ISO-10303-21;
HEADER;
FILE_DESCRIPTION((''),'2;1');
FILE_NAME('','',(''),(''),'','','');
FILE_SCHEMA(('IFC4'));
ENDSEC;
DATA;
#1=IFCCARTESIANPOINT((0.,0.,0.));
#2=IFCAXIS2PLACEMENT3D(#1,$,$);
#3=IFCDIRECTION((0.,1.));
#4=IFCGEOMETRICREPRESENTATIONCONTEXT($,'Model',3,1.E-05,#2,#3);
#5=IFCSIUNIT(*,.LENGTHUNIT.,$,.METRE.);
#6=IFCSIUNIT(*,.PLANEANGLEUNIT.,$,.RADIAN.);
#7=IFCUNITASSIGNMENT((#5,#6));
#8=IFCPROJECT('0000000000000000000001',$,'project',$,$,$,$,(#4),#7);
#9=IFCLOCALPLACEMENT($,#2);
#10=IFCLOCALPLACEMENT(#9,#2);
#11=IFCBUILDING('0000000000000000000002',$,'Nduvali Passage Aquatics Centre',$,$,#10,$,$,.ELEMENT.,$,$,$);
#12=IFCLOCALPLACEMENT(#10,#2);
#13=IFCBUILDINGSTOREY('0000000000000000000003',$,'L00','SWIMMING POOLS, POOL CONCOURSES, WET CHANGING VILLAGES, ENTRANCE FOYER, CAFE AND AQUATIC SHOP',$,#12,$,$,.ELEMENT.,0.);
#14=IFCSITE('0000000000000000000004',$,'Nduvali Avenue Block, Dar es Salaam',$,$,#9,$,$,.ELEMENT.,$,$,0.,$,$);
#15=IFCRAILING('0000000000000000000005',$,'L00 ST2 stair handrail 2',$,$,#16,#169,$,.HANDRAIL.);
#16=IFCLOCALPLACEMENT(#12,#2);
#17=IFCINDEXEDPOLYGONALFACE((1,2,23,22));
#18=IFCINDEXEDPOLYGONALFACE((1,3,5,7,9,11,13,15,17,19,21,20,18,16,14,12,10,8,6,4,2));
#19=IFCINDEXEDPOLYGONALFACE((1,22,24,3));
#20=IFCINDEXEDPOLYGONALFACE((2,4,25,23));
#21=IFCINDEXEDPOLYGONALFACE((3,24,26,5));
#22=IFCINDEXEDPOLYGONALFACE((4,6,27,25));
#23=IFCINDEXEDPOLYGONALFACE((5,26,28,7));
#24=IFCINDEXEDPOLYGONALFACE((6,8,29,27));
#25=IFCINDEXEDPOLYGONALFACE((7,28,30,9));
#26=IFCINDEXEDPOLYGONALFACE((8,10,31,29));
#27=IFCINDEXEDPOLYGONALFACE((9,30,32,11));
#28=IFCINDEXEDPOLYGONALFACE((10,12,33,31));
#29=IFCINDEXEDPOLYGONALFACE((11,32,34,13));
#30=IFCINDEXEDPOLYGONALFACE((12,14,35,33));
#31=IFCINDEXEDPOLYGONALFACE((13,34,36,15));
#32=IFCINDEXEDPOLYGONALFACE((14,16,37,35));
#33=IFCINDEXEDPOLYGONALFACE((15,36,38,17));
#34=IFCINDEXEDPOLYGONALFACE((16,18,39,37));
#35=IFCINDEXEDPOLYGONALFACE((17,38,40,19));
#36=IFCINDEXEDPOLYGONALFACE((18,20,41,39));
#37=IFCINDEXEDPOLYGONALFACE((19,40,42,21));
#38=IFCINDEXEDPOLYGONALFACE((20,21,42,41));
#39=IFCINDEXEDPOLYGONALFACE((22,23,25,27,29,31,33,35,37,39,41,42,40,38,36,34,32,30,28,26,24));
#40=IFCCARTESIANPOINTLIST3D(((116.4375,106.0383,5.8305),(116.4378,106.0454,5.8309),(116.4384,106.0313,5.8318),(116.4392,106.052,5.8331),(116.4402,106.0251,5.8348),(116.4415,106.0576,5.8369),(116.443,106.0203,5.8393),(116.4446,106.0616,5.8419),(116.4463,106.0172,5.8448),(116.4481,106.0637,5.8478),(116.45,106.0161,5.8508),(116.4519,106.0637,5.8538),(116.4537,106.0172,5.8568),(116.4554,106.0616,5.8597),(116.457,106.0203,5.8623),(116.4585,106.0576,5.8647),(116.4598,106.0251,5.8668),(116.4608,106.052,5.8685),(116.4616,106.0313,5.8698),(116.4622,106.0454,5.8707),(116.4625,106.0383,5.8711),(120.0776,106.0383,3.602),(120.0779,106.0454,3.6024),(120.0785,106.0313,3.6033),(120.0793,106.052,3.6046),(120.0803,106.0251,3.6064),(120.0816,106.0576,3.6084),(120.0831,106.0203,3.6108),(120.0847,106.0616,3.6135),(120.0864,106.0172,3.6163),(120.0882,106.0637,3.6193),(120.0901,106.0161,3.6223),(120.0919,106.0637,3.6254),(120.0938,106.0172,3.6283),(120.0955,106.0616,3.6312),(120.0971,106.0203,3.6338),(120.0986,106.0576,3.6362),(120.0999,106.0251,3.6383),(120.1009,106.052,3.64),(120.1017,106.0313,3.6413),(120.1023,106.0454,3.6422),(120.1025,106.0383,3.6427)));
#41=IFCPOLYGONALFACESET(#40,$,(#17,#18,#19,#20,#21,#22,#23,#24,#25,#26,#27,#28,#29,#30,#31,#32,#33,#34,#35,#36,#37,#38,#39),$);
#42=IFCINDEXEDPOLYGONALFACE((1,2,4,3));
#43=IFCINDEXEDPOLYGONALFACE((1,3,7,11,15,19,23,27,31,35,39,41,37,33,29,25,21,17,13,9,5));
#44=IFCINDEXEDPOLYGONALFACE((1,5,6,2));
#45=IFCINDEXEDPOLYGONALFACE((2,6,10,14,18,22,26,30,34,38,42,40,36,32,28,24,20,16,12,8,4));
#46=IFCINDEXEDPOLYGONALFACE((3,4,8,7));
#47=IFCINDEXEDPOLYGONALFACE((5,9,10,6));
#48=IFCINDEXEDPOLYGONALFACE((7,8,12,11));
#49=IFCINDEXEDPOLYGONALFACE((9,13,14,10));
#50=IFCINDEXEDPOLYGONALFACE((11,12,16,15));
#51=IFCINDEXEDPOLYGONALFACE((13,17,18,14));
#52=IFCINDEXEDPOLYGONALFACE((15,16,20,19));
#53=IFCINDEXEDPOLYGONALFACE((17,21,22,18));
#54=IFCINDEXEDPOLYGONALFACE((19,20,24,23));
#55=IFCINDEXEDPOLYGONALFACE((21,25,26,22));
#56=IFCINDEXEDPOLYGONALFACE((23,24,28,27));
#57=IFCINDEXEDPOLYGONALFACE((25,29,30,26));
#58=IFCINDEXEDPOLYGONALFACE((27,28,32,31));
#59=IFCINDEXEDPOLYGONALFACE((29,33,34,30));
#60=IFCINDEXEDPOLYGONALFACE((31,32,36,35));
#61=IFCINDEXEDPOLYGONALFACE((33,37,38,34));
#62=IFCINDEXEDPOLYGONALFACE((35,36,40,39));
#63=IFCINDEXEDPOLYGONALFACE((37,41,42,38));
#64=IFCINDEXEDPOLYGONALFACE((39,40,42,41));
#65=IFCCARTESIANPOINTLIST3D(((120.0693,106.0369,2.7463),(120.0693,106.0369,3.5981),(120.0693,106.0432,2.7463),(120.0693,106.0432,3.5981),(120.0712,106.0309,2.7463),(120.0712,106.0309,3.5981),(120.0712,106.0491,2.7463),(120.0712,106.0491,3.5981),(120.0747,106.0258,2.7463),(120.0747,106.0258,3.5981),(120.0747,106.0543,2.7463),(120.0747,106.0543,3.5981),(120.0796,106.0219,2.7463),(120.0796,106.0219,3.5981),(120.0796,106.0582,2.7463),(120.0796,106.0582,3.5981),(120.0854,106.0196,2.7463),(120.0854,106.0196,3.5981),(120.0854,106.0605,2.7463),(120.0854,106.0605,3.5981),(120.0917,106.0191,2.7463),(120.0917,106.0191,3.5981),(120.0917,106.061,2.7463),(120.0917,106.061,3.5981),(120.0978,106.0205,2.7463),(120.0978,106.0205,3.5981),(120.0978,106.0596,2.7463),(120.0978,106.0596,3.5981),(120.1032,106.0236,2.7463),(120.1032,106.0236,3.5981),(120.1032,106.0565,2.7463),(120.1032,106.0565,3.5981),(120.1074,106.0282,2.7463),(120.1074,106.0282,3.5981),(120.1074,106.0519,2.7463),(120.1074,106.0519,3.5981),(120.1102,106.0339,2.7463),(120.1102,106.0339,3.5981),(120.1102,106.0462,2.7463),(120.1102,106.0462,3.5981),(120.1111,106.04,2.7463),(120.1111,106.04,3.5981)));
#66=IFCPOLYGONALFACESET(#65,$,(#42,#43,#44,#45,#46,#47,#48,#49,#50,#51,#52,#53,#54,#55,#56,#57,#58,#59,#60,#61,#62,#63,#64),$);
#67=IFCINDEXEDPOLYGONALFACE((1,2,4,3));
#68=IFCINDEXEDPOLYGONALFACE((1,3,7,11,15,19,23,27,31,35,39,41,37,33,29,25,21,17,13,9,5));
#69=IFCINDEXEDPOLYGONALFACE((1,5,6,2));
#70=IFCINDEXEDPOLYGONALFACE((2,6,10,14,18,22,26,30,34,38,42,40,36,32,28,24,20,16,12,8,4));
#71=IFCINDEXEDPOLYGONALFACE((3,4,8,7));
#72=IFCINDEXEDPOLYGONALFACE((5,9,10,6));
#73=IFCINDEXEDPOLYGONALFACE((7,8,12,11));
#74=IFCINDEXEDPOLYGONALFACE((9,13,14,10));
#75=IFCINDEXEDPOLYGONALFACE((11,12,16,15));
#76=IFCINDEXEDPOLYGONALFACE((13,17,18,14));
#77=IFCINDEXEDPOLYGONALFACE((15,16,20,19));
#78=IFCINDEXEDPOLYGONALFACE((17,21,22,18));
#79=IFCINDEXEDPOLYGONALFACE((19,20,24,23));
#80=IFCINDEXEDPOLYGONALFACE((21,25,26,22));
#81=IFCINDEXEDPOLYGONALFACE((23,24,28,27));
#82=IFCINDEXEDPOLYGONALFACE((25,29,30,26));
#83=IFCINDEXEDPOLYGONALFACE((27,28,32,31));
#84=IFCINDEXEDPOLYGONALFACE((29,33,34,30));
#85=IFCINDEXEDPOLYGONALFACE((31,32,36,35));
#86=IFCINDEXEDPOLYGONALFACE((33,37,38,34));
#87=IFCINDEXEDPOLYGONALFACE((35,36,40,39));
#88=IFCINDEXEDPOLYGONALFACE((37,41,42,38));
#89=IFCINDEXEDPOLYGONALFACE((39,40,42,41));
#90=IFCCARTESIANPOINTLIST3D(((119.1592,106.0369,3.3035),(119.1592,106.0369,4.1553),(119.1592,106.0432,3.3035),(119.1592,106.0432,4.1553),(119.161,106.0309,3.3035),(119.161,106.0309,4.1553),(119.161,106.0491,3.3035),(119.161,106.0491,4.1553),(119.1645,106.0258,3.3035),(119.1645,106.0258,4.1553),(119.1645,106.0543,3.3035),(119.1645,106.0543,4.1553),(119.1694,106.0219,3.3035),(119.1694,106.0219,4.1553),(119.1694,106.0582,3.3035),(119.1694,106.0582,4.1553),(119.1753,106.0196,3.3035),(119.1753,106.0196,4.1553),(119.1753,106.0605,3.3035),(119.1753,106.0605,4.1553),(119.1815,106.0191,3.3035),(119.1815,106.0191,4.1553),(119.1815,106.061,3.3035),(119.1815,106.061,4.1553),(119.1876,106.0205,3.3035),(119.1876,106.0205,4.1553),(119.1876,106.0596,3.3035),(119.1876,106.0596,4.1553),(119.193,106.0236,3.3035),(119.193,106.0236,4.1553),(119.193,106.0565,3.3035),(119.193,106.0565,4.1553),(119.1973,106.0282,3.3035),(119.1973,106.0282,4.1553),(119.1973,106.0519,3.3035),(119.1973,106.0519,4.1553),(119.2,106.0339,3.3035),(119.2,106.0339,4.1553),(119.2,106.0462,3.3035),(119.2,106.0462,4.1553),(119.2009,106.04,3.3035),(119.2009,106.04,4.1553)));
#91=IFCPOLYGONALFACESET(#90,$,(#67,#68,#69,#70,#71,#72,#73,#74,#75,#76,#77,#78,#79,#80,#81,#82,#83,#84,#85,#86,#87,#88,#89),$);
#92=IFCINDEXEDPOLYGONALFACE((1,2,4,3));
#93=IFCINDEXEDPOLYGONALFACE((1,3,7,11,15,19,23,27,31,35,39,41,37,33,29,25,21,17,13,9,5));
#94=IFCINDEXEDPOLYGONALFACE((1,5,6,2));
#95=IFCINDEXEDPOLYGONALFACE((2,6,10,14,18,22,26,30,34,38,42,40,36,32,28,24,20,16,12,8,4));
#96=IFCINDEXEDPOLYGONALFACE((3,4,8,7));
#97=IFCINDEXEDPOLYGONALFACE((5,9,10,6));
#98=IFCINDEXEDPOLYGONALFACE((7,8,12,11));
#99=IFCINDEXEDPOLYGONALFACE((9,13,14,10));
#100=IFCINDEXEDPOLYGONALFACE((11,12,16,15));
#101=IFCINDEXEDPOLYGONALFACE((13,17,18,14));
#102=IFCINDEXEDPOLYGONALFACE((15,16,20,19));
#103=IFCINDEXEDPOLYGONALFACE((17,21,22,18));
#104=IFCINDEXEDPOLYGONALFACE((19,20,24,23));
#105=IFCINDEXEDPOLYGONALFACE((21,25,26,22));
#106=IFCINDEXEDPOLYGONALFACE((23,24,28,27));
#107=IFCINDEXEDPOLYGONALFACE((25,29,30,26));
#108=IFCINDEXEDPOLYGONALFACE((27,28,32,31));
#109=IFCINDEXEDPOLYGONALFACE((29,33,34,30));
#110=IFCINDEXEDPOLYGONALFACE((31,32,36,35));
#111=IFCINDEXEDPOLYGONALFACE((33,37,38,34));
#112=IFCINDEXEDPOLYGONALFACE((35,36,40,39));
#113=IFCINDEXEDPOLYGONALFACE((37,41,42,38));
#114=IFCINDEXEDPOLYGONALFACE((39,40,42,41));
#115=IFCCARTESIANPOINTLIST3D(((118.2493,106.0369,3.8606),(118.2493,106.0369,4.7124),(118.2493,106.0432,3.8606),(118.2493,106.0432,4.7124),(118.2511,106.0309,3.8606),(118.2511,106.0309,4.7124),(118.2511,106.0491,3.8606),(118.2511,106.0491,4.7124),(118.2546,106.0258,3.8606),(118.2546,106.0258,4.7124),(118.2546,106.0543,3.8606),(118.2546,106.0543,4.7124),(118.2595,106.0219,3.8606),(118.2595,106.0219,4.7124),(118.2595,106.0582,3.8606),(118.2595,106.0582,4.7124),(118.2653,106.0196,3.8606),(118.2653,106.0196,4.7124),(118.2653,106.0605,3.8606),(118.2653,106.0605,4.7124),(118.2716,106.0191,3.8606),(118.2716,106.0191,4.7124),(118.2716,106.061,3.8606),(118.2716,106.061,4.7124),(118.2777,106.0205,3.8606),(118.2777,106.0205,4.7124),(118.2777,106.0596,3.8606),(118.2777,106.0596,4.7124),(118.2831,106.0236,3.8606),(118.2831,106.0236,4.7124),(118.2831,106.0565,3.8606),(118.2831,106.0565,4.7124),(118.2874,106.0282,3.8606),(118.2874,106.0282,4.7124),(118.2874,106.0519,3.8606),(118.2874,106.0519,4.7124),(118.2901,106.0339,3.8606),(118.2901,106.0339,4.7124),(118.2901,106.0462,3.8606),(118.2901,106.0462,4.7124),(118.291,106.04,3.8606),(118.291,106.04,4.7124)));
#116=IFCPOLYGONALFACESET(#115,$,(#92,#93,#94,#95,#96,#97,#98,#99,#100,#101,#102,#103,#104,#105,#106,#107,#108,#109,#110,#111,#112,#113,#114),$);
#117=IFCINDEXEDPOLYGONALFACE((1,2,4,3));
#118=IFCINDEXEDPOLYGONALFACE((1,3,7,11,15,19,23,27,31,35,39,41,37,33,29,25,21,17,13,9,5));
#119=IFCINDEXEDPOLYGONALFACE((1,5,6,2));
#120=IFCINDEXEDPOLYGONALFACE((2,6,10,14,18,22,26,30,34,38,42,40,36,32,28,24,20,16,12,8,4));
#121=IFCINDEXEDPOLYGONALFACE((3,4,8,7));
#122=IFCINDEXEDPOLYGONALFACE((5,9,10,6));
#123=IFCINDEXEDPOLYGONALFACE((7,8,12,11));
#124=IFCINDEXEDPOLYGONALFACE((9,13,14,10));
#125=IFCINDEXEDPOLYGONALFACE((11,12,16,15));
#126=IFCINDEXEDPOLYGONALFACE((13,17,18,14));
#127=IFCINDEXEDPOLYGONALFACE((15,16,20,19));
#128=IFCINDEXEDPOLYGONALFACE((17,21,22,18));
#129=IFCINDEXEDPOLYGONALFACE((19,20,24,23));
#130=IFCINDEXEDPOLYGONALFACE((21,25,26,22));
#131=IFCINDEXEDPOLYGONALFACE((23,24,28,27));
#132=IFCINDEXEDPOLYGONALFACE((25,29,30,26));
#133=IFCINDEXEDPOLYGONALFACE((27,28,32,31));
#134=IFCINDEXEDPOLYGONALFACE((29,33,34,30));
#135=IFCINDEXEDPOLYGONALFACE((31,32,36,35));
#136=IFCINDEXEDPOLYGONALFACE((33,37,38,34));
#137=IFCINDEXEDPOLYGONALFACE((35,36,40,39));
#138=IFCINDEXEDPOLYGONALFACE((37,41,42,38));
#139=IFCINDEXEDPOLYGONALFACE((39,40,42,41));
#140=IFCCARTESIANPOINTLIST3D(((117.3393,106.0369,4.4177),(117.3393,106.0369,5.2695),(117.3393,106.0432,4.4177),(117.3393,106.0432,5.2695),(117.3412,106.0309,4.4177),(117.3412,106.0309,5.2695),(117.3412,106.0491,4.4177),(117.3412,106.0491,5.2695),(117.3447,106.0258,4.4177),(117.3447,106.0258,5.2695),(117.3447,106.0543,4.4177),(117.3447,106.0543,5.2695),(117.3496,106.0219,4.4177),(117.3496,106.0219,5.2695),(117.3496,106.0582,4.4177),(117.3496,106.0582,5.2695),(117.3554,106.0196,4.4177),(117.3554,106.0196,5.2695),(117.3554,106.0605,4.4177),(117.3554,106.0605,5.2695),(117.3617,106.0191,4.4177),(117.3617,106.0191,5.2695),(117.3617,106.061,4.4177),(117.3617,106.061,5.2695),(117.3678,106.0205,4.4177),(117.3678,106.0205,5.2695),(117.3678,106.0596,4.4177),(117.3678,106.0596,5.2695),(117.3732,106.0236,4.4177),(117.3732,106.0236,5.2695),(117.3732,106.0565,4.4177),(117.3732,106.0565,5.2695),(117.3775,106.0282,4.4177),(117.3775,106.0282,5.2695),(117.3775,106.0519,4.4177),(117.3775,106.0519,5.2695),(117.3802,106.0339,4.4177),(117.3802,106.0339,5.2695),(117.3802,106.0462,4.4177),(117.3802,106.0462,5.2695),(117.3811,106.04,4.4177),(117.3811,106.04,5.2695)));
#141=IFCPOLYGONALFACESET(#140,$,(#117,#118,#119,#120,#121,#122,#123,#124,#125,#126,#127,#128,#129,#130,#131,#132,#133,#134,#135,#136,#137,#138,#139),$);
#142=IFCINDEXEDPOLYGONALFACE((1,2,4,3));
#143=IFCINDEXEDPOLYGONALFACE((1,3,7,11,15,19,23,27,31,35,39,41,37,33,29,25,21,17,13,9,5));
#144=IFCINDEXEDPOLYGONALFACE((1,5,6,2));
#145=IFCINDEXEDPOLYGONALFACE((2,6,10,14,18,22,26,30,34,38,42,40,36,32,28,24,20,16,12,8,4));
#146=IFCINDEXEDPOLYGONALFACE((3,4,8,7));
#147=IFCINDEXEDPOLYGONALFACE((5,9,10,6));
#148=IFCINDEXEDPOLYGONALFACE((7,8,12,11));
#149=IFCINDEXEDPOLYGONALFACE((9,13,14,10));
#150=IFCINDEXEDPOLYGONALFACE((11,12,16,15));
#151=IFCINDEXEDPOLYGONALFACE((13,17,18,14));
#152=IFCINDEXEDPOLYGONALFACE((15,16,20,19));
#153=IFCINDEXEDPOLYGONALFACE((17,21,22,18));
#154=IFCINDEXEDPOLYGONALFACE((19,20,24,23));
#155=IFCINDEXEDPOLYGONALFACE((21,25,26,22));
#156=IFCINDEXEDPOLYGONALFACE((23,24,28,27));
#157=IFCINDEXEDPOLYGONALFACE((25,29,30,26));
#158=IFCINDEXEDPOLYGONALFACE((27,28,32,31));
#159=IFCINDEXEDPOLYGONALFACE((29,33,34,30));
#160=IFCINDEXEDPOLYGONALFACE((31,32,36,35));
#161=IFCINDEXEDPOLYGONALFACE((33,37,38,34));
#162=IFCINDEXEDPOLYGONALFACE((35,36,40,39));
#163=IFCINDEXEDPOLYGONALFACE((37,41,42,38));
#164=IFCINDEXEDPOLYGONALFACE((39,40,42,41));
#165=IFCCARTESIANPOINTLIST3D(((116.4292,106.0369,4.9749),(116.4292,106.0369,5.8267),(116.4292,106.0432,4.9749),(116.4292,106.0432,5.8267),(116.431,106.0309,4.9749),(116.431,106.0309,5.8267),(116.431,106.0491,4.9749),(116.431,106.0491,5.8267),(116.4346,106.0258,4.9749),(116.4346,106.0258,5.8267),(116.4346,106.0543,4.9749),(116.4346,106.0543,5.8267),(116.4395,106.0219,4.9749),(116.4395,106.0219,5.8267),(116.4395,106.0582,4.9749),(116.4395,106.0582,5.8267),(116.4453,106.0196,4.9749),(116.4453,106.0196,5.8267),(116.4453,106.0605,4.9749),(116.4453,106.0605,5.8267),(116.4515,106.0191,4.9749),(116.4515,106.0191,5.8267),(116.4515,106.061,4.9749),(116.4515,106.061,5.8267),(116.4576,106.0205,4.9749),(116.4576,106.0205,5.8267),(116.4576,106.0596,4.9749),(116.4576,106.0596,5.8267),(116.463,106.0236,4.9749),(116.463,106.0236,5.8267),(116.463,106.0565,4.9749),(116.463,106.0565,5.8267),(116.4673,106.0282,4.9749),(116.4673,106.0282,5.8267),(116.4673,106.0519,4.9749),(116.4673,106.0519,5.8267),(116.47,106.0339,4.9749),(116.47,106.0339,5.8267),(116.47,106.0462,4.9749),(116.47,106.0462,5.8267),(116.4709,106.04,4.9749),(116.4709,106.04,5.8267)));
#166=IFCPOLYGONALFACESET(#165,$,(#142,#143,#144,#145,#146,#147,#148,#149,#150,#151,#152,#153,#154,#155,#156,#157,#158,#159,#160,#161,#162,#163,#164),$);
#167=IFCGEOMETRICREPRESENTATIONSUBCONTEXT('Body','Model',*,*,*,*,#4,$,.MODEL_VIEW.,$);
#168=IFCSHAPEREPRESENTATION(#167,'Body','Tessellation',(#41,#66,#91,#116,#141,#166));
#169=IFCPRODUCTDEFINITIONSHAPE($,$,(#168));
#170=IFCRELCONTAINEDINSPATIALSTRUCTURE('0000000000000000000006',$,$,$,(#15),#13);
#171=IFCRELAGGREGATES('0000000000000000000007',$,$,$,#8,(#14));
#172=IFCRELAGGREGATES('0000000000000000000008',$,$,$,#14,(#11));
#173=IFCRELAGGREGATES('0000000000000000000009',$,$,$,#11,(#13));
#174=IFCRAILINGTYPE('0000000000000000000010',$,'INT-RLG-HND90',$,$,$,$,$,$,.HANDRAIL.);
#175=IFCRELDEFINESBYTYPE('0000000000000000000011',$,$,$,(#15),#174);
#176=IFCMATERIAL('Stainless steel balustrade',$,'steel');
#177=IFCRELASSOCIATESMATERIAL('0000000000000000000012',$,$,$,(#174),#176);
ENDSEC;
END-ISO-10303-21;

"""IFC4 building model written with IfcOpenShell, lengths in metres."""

from ifc_helpers import new_model, si_unit, direction, frame, origin, origin_2d, place, context, subcontext, project, spatial, circle, extrude, material, type_object, element, save


model = new_model("IFC4")

# Units and contexts
model_context = context("Model", 3, precision=1e-05, world=origin(), true_north=direction((0.0, 1.0)))
body_context = subcontext(model_context, "Body", "Model", "MODEL_VIEW")
ifc_project = project(units=[si_unit("LENGTHUNIT", "METRE"), si_unit("PLANEANGLEUNIT", "RADIAN")], contexts=[model_context])

# Site, building, storey
site_placement = place(None, origin())
site = spatial("IfcSite", under=ifc_project, at=site_placement, Name="Nduvali Avenue Block, Dar es Salaam", CompositionType="ELEMENT", RefElevation=0.0)
building_placement = place(site_placement, origin())
building = spatial("IfcBuilding", under=site, at=building_placement, Name="Nduvali Passage Aquatics Centre", CompositionType="ELEMENT")
storey_placement = place(building_placement, origin())
storey = spatial("IfcBuildingStorey", under=building, at=storey_placement, Name="L00", Description="SWIMMING POOLS, POOL CONCOURSES, WET CHANGING VILLAGES, ENTRANCE FOYER, CAFE AND AQUATIC SHOP", CompositionType="ELEMENT", Elevation=0.0)

# Railing
ifc_material_1 = material(Name="Stainless steel balustrade", Category="steel")
railing_type = type_object("IfcRailingType", Name="INT-RLG-HND90", PredefinedType="HANDRAIL", material=ifc_material_1)
railing_placement = place(storey_placement, frame((120.0901, 106.04, 2.7463)))
element("IfcRailing", 1, at=railing_placement, inside=storey, type_object=railing_type, Name="L00 ST2 stair handrail 2", PredefinedType="HANDRAIL", context=body_context, shape_type="SweptSolid", body=[
    extrude(circle(Radius=0.0239, at=origin_2d()), frame((0.0, 0.0, 0.876), z_axis=(-0.852866, 0.0, 0.52213), x_axis=(0.0, -1.0, 0.0)), (0.0, 0.0, 1.0), 4.2681),
    extrude(circle(Radius=0.021, at=origin_2d()), origin(), (0.0, 0.0, 1.0), 0.8518),
    extrude(circle(Radius=0.021, at=origin_2d()), frame((-0.9102, 0.0, 0.5571)), (0.0, 0.0, 1.0), 0.8518),
    extrude(circle(Radius=0.021, at=origin_2d()), frame((-1.8201, 0.0, 1.1143)), (0.0, 0.0, 1.0), 0.8518),
    extrude(circle(Radius=0.021, at=origin_2d()), frame((-2.73, 0.0, 1.6714)), (0.0, 0.0, 1.0), 0.8518),
    extrude(circle(Radius=0.021, at=origin_2d()), frame((-3.6401, 0.0, 2.2285)), (0.0, 0.0, 1.0), 0.8518),
])

save(model, "model.ifc")
